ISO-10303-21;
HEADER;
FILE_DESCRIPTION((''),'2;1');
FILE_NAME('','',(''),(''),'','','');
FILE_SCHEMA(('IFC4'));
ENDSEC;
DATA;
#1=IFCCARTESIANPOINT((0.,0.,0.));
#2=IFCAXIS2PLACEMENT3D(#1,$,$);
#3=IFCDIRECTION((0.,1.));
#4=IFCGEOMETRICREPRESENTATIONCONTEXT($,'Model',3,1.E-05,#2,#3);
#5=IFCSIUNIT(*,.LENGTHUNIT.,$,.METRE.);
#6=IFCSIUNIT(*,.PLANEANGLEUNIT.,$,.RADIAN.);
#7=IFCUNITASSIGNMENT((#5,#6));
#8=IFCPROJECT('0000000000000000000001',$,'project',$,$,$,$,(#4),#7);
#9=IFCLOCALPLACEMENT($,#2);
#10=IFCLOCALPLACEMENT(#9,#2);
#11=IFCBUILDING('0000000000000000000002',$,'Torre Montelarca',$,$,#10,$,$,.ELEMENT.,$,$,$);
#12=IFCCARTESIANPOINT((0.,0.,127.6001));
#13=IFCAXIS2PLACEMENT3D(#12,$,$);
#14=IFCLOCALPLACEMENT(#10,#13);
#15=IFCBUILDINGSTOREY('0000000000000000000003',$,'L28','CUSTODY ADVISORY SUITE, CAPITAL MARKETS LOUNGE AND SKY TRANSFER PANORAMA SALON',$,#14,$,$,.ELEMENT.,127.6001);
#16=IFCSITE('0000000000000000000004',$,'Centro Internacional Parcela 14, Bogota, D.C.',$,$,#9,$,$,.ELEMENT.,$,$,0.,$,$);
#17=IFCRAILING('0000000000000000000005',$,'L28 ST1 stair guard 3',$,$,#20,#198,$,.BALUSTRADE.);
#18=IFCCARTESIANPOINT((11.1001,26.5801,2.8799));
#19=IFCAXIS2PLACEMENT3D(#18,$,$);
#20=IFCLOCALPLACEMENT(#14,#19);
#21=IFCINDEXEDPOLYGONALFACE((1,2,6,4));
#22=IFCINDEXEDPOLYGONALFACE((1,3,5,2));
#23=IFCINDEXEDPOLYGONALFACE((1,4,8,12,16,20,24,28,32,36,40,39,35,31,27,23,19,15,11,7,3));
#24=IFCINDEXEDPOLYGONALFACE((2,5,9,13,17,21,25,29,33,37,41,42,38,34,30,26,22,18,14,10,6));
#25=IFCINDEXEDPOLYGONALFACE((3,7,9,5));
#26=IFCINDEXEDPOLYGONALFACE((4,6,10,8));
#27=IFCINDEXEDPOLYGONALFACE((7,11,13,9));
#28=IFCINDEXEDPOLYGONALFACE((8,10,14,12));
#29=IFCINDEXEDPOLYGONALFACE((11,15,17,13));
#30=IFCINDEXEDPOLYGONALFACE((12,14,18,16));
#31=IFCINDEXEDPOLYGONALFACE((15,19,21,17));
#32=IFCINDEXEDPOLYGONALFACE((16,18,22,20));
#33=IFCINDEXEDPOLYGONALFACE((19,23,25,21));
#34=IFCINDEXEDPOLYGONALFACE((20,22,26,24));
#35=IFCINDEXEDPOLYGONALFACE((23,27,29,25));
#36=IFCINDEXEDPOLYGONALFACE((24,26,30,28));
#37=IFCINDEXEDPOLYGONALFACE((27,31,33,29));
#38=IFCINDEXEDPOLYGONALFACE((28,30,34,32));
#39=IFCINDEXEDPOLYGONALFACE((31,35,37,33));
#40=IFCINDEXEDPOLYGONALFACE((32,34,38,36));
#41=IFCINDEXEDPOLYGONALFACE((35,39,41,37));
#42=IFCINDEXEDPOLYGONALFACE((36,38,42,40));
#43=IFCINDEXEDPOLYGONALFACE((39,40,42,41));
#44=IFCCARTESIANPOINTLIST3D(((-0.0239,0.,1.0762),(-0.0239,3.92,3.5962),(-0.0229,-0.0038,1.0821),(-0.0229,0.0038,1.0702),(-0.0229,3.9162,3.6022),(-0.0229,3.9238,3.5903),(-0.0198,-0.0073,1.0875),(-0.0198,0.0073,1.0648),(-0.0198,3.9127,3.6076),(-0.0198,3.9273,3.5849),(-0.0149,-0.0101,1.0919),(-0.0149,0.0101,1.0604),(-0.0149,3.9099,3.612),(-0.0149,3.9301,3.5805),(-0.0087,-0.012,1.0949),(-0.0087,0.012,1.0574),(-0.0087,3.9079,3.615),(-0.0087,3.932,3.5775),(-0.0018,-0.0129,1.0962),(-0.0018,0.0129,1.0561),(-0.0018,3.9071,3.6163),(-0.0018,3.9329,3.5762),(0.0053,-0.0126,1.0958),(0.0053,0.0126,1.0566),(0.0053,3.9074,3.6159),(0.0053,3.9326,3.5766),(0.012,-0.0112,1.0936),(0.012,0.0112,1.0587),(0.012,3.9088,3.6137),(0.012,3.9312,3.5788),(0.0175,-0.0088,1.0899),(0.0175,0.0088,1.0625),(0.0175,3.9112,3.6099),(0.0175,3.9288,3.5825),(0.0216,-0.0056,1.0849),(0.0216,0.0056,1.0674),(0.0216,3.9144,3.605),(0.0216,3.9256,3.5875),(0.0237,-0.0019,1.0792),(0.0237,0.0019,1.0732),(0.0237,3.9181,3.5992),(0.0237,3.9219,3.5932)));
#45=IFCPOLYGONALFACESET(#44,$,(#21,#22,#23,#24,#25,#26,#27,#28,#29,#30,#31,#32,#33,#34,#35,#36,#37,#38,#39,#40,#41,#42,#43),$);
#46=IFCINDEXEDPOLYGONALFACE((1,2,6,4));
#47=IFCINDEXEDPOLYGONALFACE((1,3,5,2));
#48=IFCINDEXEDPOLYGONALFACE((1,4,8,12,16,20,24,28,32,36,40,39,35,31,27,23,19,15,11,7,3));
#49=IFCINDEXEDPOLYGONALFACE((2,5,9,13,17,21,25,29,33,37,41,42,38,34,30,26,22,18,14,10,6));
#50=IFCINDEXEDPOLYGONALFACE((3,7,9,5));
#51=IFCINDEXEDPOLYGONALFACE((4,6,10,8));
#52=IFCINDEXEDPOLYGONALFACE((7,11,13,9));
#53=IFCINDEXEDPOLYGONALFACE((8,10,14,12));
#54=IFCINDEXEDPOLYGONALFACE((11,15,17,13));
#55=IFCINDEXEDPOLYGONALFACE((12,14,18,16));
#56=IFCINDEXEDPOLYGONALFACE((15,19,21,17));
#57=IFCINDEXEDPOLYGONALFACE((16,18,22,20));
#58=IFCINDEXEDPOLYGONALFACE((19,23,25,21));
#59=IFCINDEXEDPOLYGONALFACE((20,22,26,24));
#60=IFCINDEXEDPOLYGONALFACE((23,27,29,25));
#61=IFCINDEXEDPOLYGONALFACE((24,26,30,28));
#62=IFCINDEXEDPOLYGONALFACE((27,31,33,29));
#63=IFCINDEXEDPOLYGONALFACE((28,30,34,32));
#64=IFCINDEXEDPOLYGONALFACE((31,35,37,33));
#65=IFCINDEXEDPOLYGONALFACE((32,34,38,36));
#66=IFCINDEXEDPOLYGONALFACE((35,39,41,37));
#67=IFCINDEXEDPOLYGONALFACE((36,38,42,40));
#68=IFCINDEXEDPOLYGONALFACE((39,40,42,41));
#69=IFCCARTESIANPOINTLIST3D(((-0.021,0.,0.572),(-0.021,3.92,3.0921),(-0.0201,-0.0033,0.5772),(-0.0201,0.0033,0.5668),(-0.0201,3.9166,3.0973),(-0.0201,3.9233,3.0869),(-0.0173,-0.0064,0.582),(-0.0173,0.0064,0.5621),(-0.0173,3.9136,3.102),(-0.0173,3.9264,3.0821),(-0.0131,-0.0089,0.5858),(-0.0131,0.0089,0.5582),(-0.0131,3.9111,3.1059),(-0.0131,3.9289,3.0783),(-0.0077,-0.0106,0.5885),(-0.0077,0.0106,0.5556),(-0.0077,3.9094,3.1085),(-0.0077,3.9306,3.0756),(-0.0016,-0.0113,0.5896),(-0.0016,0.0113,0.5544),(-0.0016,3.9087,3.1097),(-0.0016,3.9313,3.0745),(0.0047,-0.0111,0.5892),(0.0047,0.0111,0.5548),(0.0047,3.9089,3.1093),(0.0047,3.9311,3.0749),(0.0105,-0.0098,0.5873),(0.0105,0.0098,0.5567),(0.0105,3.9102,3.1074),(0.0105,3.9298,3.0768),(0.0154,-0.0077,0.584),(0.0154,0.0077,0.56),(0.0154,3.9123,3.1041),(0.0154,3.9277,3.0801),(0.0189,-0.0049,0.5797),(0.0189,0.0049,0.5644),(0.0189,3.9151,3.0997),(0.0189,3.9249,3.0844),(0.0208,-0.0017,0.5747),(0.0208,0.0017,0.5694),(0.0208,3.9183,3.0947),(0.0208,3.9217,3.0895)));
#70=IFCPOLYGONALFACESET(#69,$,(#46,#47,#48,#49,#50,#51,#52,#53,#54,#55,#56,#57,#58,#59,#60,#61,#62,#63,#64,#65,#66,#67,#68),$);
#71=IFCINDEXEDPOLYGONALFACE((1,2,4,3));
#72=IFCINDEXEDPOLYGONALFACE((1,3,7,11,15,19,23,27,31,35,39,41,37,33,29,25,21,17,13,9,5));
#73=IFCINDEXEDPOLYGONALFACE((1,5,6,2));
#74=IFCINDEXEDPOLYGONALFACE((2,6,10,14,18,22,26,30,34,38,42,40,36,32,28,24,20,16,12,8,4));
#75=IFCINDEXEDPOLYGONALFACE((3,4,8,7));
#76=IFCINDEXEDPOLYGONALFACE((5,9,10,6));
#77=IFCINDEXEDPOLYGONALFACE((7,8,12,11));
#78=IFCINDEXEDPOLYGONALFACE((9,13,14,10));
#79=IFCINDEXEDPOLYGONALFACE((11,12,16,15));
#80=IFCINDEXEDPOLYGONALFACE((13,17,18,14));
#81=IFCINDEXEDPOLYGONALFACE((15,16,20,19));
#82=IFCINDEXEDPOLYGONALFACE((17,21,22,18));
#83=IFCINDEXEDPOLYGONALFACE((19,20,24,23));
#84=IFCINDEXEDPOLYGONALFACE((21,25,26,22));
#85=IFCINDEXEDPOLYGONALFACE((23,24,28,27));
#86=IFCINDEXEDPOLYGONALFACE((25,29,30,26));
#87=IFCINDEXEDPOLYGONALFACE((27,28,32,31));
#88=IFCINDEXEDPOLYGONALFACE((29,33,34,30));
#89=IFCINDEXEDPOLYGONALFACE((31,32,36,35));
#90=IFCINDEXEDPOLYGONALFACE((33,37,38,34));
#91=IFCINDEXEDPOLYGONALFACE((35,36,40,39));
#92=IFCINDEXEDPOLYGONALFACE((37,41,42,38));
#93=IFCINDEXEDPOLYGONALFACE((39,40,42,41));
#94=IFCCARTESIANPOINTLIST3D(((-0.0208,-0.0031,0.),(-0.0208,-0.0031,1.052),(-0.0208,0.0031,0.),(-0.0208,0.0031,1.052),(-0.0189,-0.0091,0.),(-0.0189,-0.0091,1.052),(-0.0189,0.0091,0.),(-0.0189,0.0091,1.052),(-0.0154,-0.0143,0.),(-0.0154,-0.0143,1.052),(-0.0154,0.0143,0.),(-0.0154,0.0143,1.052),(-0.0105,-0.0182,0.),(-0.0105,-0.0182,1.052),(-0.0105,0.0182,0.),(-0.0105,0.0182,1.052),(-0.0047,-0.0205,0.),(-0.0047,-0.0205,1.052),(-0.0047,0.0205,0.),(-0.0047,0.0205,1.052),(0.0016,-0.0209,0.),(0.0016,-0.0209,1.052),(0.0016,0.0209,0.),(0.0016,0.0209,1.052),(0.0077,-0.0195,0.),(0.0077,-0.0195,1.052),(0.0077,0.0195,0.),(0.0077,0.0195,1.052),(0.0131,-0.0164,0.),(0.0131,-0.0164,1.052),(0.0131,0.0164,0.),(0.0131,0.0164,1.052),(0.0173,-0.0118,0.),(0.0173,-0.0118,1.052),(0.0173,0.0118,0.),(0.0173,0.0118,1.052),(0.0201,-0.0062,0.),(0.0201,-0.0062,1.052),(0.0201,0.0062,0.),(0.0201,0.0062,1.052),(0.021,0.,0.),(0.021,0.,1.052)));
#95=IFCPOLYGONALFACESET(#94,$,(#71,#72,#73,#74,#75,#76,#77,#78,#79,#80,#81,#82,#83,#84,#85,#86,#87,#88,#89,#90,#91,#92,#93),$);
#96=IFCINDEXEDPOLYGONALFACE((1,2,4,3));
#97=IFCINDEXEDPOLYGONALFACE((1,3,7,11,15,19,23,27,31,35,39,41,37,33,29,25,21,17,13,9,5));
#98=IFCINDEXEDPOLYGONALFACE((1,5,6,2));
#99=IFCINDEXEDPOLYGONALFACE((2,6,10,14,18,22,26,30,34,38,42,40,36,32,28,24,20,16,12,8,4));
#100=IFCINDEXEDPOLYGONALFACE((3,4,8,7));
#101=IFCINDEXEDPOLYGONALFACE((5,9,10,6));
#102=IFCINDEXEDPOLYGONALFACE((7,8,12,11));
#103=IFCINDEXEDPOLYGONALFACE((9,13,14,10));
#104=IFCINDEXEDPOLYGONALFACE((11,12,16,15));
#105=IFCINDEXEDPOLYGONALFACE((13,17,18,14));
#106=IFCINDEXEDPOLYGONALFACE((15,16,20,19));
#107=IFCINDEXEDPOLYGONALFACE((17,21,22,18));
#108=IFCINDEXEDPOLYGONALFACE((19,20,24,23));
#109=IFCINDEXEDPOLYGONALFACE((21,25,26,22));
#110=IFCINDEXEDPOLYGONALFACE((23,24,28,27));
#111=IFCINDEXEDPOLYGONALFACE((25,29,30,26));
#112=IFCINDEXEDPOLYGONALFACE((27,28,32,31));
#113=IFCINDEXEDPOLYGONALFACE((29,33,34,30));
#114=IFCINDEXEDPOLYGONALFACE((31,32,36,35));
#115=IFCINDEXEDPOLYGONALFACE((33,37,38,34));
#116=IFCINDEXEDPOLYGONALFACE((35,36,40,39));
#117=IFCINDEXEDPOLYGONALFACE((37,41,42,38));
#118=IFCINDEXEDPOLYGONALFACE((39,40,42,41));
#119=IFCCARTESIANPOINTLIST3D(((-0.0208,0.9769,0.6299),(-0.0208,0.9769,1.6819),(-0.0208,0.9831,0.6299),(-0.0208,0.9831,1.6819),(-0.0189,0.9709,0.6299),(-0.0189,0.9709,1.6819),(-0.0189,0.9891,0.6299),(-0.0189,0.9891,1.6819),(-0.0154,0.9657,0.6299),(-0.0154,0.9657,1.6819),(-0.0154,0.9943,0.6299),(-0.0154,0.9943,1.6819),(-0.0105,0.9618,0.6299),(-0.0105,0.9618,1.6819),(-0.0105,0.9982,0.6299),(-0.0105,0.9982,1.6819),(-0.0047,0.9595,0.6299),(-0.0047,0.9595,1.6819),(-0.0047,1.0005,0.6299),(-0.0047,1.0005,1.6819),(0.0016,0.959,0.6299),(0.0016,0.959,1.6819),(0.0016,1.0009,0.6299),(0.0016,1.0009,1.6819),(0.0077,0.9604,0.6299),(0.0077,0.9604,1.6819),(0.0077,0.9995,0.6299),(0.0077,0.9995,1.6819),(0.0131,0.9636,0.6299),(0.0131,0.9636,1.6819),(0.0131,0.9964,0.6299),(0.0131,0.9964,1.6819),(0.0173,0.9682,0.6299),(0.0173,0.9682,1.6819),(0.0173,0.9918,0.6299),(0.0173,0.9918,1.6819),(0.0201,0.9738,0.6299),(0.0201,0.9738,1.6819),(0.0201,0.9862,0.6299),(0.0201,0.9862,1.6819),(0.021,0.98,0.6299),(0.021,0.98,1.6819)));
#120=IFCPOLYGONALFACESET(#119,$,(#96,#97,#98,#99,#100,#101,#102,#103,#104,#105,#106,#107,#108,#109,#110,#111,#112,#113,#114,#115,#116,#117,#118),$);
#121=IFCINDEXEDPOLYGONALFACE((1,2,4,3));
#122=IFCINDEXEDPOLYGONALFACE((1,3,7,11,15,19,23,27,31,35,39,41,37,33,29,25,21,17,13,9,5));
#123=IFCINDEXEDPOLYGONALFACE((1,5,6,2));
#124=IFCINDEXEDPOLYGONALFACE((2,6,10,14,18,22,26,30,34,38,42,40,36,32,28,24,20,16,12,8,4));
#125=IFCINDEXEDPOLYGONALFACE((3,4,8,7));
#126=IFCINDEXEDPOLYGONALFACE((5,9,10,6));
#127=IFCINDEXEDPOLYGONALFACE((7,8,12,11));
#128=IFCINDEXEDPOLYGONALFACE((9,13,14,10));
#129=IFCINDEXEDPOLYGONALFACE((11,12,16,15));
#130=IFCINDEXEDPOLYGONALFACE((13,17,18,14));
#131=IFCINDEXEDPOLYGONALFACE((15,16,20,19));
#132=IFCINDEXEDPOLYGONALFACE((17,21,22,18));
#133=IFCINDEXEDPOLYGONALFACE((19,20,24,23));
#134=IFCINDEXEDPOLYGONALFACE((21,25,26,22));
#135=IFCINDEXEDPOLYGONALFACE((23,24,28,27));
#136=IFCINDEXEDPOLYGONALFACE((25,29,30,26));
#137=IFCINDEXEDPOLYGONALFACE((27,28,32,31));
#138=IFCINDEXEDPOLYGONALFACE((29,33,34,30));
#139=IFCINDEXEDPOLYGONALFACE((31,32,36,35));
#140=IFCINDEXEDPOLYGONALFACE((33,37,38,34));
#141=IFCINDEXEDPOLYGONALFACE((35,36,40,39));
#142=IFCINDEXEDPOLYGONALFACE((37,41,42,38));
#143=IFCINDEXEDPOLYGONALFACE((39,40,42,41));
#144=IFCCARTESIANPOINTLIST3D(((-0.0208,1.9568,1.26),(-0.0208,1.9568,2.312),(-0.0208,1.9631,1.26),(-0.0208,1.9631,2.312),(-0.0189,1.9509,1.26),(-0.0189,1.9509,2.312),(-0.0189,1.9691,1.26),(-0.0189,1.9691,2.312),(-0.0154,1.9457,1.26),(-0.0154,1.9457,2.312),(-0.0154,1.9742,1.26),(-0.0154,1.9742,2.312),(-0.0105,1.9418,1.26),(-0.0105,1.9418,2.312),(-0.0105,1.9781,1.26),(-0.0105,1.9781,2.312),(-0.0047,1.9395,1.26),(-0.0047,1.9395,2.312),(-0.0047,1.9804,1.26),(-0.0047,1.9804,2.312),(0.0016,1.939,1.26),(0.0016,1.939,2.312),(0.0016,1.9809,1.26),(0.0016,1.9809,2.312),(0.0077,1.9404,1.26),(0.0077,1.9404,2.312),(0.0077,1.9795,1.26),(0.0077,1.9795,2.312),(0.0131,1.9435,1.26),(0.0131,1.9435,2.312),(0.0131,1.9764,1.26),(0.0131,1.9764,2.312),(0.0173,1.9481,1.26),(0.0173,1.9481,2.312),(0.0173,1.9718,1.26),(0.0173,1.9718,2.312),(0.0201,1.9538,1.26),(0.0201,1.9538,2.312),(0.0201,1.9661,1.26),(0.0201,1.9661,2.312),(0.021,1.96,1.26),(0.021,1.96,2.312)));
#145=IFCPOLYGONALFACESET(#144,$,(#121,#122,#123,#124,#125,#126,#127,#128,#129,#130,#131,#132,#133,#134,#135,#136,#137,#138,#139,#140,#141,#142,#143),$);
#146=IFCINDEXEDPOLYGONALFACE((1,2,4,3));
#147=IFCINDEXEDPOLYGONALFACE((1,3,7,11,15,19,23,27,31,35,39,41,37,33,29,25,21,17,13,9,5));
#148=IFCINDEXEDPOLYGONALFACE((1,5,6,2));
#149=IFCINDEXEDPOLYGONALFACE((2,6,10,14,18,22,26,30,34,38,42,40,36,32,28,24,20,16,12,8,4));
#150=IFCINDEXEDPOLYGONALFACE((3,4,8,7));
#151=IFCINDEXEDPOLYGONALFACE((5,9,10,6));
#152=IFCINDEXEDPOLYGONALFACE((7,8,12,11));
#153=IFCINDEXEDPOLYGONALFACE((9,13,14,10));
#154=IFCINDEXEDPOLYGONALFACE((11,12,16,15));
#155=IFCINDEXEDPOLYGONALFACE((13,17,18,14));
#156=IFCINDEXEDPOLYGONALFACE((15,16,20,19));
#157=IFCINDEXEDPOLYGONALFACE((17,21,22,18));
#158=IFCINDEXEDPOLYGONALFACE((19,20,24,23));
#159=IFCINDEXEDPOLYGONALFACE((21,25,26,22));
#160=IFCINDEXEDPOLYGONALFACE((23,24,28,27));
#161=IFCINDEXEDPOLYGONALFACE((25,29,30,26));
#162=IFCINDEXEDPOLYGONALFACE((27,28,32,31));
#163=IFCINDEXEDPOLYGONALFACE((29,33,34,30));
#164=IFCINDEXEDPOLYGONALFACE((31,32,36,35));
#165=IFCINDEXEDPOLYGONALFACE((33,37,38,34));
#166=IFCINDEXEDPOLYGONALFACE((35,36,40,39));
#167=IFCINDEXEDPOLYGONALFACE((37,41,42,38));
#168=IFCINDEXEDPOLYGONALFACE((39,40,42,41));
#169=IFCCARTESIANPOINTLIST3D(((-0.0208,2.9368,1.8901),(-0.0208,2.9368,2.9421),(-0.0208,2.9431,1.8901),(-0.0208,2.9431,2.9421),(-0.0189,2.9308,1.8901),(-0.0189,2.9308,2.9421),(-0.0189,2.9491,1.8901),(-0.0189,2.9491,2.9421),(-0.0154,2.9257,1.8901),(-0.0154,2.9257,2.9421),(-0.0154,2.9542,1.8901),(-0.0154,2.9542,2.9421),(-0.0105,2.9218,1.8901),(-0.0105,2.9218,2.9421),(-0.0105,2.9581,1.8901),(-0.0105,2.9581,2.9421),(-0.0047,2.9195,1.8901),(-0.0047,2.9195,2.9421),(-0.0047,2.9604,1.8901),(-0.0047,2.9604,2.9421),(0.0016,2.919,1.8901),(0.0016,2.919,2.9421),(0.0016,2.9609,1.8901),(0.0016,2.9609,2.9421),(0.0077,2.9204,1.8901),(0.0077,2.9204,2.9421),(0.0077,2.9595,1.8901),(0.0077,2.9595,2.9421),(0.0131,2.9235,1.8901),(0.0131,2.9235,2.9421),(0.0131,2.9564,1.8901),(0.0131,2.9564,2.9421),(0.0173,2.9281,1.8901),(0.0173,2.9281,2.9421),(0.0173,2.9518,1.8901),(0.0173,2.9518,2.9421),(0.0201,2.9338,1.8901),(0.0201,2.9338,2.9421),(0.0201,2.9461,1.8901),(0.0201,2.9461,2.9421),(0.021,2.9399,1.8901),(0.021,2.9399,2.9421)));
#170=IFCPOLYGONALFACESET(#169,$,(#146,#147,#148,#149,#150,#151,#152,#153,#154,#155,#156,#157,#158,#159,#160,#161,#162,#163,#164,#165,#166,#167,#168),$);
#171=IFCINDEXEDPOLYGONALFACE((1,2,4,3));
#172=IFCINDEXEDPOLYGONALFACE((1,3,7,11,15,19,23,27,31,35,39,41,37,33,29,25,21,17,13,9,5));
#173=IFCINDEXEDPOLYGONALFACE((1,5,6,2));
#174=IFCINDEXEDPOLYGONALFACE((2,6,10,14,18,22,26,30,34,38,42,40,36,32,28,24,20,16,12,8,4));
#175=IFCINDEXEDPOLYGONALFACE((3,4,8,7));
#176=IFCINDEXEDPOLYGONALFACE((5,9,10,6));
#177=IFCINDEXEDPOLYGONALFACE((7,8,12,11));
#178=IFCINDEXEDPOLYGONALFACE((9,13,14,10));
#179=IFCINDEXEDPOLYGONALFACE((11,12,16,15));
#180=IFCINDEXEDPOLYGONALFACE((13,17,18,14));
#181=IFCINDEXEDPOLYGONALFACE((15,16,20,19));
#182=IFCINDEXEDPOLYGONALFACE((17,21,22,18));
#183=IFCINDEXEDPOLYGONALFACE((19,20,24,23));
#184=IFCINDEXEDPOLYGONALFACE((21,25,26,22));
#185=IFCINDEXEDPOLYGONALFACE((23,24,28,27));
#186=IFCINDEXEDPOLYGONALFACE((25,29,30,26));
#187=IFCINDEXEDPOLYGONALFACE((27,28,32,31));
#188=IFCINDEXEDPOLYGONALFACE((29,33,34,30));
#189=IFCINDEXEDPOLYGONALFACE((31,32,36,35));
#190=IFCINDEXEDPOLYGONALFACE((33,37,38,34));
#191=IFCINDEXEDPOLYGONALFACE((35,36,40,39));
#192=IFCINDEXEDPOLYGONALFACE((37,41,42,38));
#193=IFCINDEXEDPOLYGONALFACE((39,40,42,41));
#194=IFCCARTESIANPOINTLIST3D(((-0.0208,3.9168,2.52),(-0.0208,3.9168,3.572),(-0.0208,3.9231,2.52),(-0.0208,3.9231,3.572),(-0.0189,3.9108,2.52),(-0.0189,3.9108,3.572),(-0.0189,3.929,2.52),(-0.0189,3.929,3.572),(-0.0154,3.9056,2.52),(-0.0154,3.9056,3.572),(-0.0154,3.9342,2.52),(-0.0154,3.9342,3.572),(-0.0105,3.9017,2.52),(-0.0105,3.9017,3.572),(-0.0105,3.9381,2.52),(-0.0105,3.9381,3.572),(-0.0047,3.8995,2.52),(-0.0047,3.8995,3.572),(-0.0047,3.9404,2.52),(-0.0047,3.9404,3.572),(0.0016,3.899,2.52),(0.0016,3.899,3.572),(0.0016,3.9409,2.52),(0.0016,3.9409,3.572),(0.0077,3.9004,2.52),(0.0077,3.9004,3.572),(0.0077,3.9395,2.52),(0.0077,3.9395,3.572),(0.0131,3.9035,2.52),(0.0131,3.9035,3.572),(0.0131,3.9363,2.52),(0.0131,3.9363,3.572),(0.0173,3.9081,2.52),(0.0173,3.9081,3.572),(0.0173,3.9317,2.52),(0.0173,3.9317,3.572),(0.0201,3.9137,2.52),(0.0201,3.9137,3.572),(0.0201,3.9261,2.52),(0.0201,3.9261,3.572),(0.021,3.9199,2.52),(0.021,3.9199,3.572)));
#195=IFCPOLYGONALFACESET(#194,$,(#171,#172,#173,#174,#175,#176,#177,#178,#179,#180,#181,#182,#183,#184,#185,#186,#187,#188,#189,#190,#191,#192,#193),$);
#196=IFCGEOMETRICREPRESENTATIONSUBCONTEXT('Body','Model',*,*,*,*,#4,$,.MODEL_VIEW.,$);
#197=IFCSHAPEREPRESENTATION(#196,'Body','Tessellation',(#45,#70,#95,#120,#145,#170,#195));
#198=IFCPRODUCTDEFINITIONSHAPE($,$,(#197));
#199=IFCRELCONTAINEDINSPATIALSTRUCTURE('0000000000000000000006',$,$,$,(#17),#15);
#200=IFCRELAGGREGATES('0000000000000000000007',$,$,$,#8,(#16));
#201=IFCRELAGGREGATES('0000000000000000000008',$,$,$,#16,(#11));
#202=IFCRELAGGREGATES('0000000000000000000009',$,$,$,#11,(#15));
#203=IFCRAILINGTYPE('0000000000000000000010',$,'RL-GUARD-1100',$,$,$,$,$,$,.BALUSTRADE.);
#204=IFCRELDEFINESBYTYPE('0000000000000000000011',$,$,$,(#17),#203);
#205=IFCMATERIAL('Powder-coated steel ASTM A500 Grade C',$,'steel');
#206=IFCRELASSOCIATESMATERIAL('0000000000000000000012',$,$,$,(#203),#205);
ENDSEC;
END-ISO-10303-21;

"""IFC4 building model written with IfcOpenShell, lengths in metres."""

from ifc_helpers import new_model, si_unit, direction, frame, origin, origin_2d, place, context, subcontext, project, spatial, circle, extrude, material, type_object, element, save


model = new_model("IFC4")

# Units and contexts
model_context = context("Model", 3, precision=1e-05, world=origin(), true_north=direction((0.0, 1.0)))
body_context = subcontext(model_context, "Body", "Model", "MODEL_VIEW")
ifc_project = project(units=[si_unit("LENGTHUNIT", "METRE"), si_unit("PLANEANGLEUNIT", "RADIAN")], contexts=[model_context])

# Site, building, storey
site_placement = place(None, origin())
site = spatial("IfcSite", under=ifc_project, at=site_placement, Name="Centro Internacional Parcela 14, Bogota, D.C.", CompositionType="ELEMENT", RefElevation=0.0)
building_placement = place(site_placement, origin())
building = spatial("IfcBuilding", under=site, at=building_placement, Name="Torre Montelarca", CompositionType="ELEMENT")
storey_placement = place(building_placement, frame((0.0, 0.0, 127.6001)))
storey = spatial("IfcBuildingStorey", under=building, at=storey_placement, Name="L28", Description="CUSTODY ADVISORY SUITE, CAPITAL MARKETS LOUNGE AND SKY TRANSFER PANORAMA SALON", CompositionType="ELEMENT", Elevation=127.6001)

# Railing
ifc_material_1 = material(Name="Powder-coated steel ASTM A500 Grade C", Category="steel")
railing_type_1 = type_object("IfcRailingType", Name="RL-GUARD-1100", PredefinedType="BALUSTRADE", material=ifc_material_1)
railing_1_placement = place(storey_placement, frame((11.1001, 26.5801, 2.8799)))
element("IfcRailing", 1, at=railing_1_placement, inside=storey, type_object=railing_type_1, Name="L28 ST1 stair guard 3", PredefinedType="BALUSTRADE", context=body_context, shape_type="SweptSolid", body=[
    extrude(circle(Radius=0.0239, at=origin_2d()), frame((0.0, 0.0, 1.0762), z_axis=(0.0, 0.841172, 0.540768), x_axis=(-1.0, 0.0, 0.0)), (0.0, 0.0, 1.0), 4.6602),
    extrude(circle(Radius=0.021, at=origin_2d()), frame((0.0, 0.0, 0.572), z_axis=(0.0, 0.841172, 0.540768), x_axis=(-1.0, 0.0, 0.0)), (0.0, 0.0, 1.0), 4.6602),
    extrude(circle(Radius=0.021, at=origin_2d()), origin(), (0.0, 0.0, 1.0), 1.052),
    extrude(circle(Radius=0.021, at=origin_2d()), frame((0.0, 0.98, 0.6299)), (0.0, 0.0, 1.0), 1.052),
    extrude(circle(Radius=0.021, at=origin_2d()), frame((0.0, 1.96, 1.26)), (0.0, 0.0, 1.0), 1.052),
    extrude(circle(Radius=0.021, at=origin_2d()), frame((0.0, 2.9399, 1.8901)), (0.0, 0.0, 1.0), 1.052),
    extrude(circle(Radius=0.021, at=origin_2d()), frame((0.0, 3.9199, 2.52)), (0.0, 0.0, 1.0), 1.052),
])

save(model, "model.ifc")
